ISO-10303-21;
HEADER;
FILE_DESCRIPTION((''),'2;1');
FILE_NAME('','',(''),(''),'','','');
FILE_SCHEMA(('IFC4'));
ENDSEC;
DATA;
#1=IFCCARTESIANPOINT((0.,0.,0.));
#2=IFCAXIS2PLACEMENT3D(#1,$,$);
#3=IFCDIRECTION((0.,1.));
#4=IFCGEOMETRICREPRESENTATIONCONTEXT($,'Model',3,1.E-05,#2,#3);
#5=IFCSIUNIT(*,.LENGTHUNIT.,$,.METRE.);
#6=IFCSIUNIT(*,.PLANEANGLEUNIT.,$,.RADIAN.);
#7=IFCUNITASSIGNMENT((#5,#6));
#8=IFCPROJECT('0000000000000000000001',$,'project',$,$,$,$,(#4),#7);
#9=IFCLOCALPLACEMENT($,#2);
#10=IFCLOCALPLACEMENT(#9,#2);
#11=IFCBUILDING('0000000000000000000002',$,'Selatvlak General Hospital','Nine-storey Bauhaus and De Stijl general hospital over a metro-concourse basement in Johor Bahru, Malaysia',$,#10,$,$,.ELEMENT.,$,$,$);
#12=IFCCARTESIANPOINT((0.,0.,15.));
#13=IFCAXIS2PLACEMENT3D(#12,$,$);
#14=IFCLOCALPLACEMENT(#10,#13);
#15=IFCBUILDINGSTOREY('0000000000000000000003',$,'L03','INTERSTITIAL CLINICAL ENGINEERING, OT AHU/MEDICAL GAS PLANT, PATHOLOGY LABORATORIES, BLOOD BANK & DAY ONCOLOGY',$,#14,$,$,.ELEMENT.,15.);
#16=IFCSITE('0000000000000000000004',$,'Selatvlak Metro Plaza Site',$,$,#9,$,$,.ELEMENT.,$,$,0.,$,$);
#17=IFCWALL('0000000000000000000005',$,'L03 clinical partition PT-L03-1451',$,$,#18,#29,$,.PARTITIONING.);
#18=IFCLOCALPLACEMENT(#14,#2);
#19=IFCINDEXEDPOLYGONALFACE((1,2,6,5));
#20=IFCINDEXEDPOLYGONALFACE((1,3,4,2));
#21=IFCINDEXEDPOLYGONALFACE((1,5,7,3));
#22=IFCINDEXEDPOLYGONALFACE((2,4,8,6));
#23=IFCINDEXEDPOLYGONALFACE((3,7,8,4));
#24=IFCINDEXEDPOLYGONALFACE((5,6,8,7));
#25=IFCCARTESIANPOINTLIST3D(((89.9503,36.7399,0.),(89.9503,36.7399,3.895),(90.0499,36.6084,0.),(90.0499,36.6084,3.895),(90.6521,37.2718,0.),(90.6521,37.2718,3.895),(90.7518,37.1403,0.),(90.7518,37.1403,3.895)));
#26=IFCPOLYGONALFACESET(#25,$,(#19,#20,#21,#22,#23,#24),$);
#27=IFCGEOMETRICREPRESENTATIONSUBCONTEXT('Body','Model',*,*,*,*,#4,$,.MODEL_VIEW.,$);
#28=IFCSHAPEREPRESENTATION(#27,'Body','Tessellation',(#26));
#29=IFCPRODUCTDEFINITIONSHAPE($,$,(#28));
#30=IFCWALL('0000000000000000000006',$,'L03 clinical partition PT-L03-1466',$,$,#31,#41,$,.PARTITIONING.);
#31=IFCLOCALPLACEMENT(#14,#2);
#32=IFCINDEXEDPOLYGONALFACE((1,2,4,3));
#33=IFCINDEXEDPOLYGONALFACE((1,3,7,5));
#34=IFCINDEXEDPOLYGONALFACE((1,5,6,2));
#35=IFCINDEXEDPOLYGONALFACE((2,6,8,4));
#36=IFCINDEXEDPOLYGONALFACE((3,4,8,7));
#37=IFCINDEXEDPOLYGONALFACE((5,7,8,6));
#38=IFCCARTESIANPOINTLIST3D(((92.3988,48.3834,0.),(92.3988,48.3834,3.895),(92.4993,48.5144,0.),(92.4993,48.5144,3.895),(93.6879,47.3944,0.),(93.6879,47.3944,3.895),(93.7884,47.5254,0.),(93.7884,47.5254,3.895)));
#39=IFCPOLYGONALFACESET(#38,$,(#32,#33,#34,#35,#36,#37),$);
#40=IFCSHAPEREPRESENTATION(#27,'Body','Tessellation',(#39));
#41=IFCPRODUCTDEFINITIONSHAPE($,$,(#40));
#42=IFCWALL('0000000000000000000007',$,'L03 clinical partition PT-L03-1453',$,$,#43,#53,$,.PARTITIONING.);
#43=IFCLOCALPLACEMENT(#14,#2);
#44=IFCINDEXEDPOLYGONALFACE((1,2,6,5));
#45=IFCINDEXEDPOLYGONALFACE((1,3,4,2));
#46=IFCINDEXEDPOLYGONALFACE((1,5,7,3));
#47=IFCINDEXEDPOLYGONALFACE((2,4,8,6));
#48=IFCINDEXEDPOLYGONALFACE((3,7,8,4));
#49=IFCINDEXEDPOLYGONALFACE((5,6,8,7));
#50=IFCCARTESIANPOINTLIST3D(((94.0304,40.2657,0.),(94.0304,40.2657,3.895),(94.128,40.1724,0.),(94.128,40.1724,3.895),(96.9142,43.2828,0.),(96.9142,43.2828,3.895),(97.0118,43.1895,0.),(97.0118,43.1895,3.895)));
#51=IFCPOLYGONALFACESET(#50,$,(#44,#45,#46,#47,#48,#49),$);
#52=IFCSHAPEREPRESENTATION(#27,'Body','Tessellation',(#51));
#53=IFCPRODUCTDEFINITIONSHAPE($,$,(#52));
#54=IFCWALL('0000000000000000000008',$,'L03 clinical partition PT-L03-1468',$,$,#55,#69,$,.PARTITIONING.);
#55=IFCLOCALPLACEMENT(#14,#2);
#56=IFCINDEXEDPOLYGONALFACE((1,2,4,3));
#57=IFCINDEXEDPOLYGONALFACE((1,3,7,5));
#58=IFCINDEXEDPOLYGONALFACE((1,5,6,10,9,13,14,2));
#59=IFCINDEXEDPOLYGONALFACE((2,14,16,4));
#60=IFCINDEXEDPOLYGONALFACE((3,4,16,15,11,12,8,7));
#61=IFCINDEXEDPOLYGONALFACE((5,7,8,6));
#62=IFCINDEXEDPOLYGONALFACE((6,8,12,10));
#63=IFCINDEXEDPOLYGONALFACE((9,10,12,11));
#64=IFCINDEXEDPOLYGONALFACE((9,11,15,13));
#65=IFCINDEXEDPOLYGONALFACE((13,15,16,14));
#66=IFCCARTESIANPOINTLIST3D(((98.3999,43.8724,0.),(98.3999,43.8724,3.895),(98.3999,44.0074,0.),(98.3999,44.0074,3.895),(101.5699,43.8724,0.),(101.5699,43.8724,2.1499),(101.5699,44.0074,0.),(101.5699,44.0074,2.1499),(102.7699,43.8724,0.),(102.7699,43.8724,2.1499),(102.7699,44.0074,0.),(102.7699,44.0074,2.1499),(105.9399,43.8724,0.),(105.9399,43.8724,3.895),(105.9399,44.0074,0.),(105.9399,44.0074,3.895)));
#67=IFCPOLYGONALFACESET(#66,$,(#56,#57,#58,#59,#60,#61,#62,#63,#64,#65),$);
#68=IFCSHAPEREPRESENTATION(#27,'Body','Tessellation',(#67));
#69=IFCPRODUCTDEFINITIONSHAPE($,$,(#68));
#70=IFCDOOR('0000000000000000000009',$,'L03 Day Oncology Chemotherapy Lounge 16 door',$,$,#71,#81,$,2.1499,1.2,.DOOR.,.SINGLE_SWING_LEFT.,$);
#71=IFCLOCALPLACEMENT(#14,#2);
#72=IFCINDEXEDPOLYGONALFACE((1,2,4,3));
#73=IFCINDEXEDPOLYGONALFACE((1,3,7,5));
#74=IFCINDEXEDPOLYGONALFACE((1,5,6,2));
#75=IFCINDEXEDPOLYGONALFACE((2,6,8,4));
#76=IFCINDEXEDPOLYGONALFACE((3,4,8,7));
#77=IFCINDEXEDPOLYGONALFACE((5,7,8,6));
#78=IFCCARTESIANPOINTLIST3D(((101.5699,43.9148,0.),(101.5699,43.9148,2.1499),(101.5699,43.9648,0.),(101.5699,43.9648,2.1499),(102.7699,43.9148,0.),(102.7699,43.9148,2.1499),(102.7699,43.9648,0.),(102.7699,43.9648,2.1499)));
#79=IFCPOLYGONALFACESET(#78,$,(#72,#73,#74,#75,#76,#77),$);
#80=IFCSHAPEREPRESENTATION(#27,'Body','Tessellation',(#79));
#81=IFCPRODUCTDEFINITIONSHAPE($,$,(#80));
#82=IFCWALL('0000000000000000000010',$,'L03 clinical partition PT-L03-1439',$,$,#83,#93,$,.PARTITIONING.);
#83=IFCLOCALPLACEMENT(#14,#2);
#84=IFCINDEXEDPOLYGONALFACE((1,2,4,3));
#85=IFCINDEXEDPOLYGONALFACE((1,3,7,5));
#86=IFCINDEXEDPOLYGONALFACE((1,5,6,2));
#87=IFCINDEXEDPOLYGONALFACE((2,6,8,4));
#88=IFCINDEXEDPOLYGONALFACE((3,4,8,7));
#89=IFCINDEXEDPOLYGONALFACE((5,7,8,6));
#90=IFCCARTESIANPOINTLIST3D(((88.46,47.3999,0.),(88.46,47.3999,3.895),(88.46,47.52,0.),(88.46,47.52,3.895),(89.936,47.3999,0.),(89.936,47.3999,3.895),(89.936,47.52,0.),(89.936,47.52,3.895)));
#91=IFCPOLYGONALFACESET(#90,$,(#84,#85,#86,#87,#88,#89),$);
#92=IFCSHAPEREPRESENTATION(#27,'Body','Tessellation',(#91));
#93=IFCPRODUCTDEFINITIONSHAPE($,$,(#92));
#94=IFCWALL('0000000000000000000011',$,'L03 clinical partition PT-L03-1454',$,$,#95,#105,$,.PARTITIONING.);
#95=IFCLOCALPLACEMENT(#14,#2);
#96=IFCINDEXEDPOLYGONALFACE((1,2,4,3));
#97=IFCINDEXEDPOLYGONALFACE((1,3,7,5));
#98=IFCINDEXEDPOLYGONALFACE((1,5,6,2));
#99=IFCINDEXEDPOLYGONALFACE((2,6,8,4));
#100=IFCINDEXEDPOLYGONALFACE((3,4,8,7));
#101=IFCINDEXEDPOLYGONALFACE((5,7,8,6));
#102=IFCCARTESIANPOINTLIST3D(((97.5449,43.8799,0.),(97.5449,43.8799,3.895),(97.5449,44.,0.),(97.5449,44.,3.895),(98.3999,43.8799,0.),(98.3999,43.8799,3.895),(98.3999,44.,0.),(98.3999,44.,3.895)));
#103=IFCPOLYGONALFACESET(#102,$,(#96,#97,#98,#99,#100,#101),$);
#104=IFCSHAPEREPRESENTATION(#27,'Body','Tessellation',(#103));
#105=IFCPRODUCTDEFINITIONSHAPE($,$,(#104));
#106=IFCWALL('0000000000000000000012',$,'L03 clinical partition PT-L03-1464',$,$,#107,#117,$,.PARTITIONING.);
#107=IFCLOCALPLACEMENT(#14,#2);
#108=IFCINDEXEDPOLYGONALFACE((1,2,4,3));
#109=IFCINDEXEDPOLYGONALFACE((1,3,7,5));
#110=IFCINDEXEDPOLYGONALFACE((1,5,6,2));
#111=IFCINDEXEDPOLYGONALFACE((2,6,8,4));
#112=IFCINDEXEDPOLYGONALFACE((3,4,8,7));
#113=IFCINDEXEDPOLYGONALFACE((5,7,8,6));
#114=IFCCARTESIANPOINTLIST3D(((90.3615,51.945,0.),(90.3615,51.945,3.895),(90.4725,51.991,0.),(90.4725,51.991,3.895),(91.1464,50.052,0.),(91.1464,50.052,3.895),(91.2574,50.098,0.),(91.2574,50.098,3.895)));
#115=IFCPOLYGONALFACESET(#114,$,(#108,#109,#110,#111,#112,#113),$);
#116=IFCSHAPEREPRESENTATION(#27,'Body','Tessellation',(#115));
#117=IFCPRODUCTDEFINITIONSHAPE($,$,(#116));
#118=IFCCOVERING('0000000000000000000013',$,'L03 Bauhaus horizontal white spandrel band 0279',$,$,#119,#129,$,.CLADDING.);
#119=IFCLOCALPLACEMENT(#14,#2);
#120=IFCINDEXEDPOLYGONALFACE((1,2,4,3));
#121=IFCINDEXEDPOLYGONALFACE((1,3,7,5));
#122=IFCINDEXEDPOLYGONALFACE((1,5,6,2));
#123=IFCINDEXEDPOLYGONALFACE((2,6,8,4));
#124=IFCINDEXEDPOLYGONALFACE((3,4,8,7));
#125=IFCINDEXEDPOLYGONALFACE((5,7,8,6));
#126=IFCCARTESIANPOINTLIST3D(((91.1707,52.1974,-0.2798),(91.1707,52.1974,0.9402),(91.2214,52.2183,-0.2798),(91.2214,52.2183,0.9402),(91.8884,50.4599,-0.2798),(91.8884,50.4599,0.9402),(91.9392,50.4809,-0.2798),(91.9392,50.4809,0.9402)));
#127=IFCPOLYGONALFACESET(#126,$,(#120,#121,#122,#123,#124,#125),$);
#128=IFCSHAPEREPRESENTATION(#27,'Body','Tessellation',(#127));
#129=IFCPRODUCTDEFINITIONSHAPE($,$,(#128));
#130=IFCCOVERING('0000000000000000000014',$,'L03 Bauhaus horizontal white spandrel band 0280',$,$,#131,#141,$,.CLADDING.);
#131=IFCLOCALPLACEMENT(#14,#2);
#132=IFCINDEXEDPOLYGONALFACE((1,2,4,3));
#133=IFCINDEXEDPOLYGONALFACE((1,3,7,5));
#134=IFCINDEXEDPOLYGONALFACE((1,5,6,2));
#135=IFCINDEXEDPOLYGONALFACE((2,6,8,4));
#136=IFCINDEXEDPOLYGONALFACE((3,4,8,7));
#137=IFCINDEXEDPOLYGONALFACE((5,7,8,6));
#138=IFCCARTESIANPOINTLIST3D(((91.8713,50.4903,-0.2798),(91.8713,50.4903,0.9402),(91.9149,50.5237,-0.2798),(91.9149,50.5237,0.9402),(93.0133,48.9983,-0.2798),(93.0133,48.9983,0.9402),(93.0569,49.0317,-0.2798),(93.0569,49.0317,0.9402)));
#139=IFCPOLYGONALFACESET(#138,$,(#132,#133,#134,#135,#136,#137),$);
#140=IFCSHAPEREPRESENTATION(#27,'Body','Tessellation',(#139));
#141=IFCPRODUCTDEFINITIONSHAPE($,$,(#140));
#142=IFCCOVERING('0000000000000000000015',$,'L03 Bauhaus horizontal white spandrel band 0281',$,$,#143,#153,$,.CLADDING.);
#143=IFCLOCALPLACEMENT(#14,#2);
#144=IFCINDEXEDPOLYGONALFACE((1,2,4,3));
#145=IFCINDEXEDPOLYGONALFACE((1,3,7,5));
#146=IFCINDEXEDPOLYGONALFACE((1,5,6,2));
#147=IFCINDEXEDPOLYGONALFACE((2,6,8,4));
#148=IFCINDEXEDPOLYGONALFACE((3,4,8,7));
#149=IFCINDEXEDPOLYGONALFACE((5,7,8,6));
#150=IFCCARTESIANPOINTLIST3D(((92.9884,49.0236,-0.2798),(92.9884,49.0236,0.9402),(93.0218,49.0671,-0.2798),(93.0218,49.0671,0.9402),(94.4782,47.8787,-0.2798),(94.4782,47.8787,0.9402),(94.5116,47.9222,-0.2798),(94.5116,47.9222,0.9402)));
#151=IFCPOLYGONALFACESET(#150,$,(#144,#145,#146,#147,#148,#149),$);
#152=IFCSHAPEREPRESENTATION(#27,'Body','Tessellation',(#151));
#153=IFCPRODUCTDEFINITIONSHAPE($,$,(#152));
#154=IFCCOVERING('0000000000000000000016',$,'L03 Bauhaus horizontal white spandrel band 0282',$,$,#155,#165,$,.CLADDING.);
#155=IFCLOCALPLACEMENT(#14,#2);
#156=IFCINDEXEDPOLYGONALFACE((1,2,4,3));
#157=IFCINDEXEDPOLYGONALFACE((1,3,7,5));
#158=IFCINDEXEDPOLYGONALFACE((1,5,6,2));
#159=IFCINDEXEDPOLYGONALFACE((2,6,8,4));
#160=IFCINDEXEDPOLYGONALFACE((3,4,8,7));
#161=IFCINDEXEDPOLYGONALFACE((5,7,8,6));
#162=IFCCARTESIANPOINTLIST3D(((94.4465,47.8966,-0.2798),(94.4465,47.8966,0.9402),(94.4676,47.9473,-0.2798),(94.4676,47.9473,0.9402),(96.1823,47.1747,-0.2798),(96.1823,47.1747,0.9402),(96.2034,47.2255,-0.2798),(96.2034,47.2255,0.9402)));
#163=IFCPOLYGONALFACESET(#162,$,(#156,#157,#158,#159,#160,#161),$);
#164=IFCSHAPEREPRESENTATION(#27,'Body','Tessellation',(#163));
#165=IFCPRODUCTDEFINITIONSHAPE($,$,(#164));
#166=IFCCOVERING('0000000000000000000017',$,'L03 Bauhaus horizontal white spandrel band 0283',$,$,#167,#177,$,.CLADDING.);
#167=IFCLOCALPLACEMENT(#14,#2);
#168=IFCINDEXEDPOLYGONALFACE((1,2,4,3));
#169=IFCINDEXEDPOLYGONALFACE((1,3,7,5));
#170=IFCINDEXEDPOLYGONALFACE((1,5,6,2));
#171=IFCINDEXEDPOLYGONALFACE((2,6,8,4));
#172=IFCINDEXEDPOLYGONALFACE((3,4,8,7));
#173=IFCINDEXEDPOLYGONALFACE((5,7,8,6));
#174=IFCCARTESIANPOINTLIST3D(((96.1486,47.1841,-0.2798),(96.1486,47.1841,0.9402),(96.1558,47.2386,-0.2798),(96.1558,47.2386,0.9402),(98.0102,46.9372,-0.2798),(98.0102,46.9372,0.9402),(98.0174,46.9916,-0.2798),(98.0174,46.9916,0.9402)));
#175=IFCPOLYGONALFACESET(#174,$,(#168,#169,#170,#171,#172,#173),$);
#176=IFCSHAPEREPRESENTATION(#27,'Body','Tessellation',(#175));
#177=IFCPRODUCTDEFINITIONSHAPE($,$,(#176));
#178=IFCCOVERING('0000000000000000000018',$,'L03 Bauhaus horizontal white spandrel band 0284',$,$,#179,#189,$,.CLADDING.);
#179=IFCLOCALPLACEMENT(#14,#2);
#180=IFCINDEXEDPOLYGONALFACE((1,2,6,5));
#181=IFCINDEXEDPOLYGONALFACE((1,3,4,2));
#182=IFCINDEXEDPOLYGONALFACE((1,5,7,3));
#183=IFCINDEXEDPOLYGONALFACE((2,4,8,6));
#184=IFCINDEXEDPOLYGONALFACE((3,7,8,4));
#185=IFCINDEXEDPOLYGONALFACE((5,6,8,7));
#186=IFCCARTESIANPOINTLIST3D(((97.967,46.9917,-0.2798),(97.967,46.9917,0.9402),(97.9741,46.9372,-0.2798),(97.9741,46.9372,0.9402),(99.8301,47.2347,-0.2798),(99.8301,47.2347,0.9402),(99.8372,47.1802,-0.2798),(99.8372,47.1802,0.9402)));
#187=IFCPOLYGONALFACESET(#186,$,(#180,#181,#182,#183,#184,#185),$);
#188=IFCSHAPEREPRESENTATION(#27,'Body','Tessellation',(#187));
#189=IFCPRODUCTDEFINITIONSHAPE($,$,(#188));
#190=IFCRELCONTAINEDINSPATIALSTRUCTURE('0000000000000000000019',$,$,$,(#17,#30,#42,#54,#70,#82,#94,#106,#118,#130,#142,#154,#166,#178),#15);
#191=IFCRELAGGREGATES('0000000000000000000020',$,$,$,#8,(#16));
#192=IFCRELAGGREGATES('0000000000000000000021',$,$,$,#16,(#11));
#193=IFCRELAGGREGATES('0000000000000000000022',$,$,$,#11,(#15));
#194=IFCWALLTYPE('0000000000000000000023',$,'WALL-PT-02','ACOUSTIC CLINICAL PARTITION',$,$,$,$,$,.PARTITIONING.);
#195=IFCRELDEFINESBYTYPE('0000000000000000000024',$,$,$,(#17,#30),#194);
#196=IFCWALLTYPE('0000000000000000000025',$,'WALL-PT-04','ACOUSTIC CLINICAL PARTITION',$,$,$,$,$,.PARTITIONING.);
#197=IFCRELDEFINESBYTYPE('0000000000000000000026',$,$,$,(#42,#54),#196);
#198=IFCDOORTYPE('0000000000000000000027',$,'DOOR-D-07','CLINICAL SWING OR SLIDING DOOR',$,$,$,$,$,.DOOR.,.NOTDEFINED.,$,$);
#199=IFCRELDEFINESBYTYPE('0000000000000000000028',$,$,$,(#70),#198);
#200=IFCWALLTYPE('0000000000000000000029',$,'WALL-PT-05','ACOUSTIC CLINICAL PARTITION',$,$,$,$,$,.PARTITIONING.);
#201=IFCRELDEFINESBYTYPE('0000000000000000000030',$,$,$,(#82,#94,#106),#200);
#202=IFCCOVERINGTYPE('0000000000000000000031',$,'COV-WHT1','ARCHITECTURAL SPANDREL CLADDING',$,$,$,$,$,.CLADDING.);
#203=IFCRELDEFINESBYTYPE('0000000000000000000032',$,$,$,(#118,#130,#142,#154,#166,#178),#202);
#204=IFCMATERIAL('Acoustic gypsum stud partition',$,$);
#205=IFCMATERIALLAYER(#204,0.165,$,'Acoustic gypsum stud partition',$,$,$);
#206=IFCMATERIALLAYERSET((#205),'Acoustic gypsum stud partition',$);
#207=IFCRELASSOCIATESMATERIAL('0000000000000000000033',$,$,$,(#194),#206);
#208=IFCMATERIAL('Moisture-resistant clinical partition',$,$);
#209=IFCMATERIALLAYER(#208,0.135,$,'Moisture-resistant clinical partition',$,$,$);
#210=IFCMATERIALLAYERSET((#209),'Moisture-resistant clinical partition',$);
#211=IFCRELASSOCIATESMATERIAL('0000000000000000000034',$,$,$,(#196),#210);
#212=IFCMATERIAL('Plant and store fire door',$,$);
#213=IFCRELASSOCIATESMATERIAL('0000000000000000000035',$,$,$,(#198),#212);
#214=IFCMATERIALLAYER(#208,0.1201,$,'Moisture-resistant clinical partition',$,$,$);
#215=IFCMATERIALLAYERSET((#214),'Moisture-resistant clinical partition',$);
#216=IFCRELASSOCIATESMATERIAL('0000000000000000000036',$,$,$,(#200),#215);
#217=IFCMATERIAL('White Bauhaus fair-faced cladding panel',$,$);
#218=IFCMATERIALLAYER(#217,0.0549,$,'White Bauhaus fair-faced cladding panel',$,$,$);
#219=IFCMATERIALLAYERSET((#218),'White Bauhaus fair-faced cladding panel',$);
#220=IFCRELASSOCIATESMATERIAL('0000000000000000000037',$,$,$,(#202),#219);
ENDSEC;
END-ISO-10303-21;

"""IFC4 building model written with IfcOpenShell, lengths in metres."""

from ifc_helpers import new_model, si_unit, direction, frame, frame_2d, origin, origin_2d, place, context, subcontext, project, spatial, rectangle, extrude, material, layer, layer_set, type_object, element, fill, save


model = new_model("IFC4")

# Units and contexts
model_context = context("Model", 3, precision=1e-05, world=origin(), true_north=direction((0.0, 1.0)))
body_context = subcontext(model_context, "Body", "Model", "MODEL_VIEW")
ifc_project = project(units=[si_unit("LENGTHUNIT", "METRE"), si_unit("PLANEANGLEUNIT", "RADIAN")], contexts=[model_context])

# Site, building, storey
site_placement = place(None, origin())
site = spatial("IfcSite", under=ifc_project, at=site_placement, Name="Selatvlak Metro Plaza Site", CompositionType="ELEMENT", RefElevation=0.0)
building_placement = place(site_placement, origin())
building = spatial("IfcBuilding", under=site, at=building_placement, Name="Selatvlak General Hospital", Description="Nine-storey Bauhaus and De Stijl general hospital over a metro-concourse basement in Johor Bahru, Malaysia", CompositionType="ELEMENT")
storey_placement = place(building_placement, frame((0.0, 0.0, 15.0)))
storey = spatial("IfcBuildingStorey", under=building, at=storey_placement, Name="L03", Description="INTERSTITIAL CLINICAL ENGINEERING, OT AHU/MEDICAL GAS PLANT, PATHOLOGY LABORATORIES, BLOOD BANK & DAY ONCOLOGY", CompositionType="ELEMENT", Elevation=15.0)

# Walls
ifc_material_1 = material(Name="Acoustic gypsum stud partition")
ifc_layer_1 = layer(ifc_material_1, 0.165, Name="Acoustic gypsum stud partition")
ifc_layer_set_1 = layer_set([ifc_layer_1], Name="Acoustic gypsum stud partition")
wall_type_1 = type_object("IfcWallType", Name="WALL-PT-02", Description="ACOUSTIC CLINICAL PARTITION", PredefinedType="PARTITIONING", material=ifc_layer_set_1)
wall_1_placement = place(storey_placement, frame((90.0, 36.6741, 0.0), z_axis=(0.0, 0.0, 1.0), x_axis=(0.796963, 0.604028, 0.0)))
element("IfcWall", 1, at=wall_1_placement, inside=storey, type_object=wall_type_1, Name="L03 clinical partition PT-L03-1451", PredefinedType="PARTITIONING", context=body_context, shape_type="SweptSolid", body=[
    extrude(rectangle(XDim=0.8806, YDim=0.165, at=frame_2d((0.4404, 0.0))), origin(), (0.0, 0.0, 1.0), 3.895),
])
wall_2_placement = place(storey_placement, frame((92.449, 48.449, 0.0), z_axis=(0.0, 0.0, 1.0), x_axis=(0.793389, -0.608715, 0.0)))
element("IfcWall", 2, at=wall_2_placement, inside=storey, type_object=wall_type_1, Name="L03 clinical partition PT-L03-1466", PredefinedType="PARTITIONING", context=body_context, shape_type="SweptSolid", body=[
    extrude(rectangle(XDim=1.6248, YDim=0.165, at=frame_2d((0.8125, 0.0))), origin(), (0.0, 0.0, 1.0), 3.895),
])

# Wall
ifc_material_2 = material(Name="Moisture-resistant clinical partition")
ifc_layer_2 = layer(ifc_material_2, 0.135, Name="Moisture-resistant clinical partition")
ifc_layer_set_2 = layer_set([ifc_layer_2], Name="Moisture-resistant clinical partition")
wall_type_2 = type_object("IfcWallType", Name="WALL-PT-04", Description="ACOUSTIC CLINICAL PARTITION", PredefinedType="PARTITIONING", material=ifc_layer_set_2)
wall_3_placement = place(storey_placement, frame((94.0791, 40.219, 0.0), z_axis=(0.0, 0.0, 1.0), x_axis=(0.690957, 0.722896, 0.0)))
element("IfcWall", 3, at=wall_3_placement, inside=storey, type_object=wall_type_2, Name="L03 clinical partition PT-L03-1453", PredefinedType="PARTITIONING", context=body_context, shape_type="SweptSolid", body=[
    extrude(rectangle(XDim=4.1736, YDim=0.135, at=frame_2d((2.0869, 0.0))), origin(), (0.0, 0.0, 1.0), 3.895),
])

# Wall, opening, door
wall_4_placement = place(storey_placement, frame((98.3999, 43.9399, 0.0), z_axis=(0.0, 0.0, 1.0), x_axis=(1.0, 0.0, 0.0)))
wall_4 = element("IfcWall", 4, at=wall_4_placement, inside=storey, type_object=wall_type_2, Name="L03 clinical partition PT-L03-1468", PredefinedType="PARTITIONING", context=body_context, shape_type="SweptSolid", body=[
    extrude(rectangle(XDim=7.54, YDim=0.135, at=frame_2d((3.77, 0.0))), origin(), (0.0, 0.0, 1.0), 3.895),
])
opening_1_placement = place(wall_4_placement, frame((3.1699, 0.0, 0.0)))
opening_1 = element("IfcOpeningElement", 5, at=opening_1_placement, cuts=wall_4, PredefinedType="OPENING", context=body_context, shape_type="SweptSolid", body=[
    extrude(rectangle(XDim=1.2, YDim=2.1499, at=frame_2d((0.6001, 1.075))), frame((0.0, 0.0774, 0.0), z_axis=(0.0, -1.0, 0.0), x_axis=(1.0, 0.0, 0.0)), (0.0, 0.0, 1.0), 0.155),
])
ifc_material_3 = material(Name="Plant and store fire door")
door_type_1 = type_object("IfcDoorType", Name="DOOR-D-07", Description="CLINICAL SWING OR SLIDING DOOR", OperationType="NOTDEFINED", PredefinedType="DOOR", material=ifc_material_3)
door_1_placement = place(opening_1_placement, origin())
door_1 = element("IfcDoor", 6, at=door_1_placement, inside=storey, type_object=door_type_1, Name="L03 Day Oncology Chemotherapy Lounge 16 door", OperationType="SINGLE_SWING_LEFT", OverallHeight=2.1499, OverallWidth=1.2, PredefinedType="DOOR", context=body_context, shape_type="SweptSolid", body=[
    extrude(rectangle(XDim=1.2, YDim=2.1499, at=frame_2d((0.6001, 1.075))), frame((0.0, 0.0249, 0.0), z_axis=(0.0, -1.0, 0.0), x_axis=(1.0, 0.0, 0.0)), (0.0, 0.0, 1.0), 0.05),
])
fill(opening_1, door_1)

# Walls
ifc_layer_3 = layer(ifc_material_2, 0.1201, Name="Moisture-resistant clinical partition")
ifc_layer_set_3 = layer_set([ifc_layer_3], Name="Moisture-resistant clinical partition")
wall_type_3 = type_object("IfcWallType", Name="WALL-PT-05", Description="ACOUSTIC CLINICAL PARTITION", PredefinedType="PARTITIONING", material=ifc_layer_set_3)
wall_5_placement = place(storey_placement, frame((89.936, 47.46, 0.0), z_axis=(0.0, 0.0, 1.0), x_axis=(-1.0, 0.0, 0.0)))
element("IfcWall", 7, at=wall_5_placement, inside=storey, type_object=wall_type_3, Name="L03 clinical partition PT-L03-1439", PredefinedType="PARTITIONING", context=body_context, shape_type="SweptSolid", body=[
    extrude(rectangle(XDim=1.4761, YDim=0.1201, at=frame_2d((0.738, 0.0))), origin(), (0.0, 0.0, 1.0), 3.895),
])
wall_6_placement = place(storey_placement, frame((97.5449, 43.9399, 0.0), z_axis=(0.0, 0.0, 1.0), x_axis=(1.0, 0.0, 0.0)))
element("IfcWall", 8, at=wall_6_placement, inside=storey, type_object=wall_type_3, Name="L03 clinical partition PT-L03-1454", PredefinedType="PARTITIONING", context=body_context, shape_type="SweptSolid", body=[
    extrude(rectangle(XDim=0.855, YDim=0.1201, at=frame_2d((0.4275, 0.0))), origin(), (0.0, 0.0, 1.0), 3.895),
])
wall_7_placement = place(storey_placement, frame((90.417, 51.968, 0.0), z_axis=(0.0, 0.0, 1.0), x_axis=(0.383008, -0.923745, 0.0)))
element("IfcWall", 9, at=wall_7_placement, inside=storey, type_object=wall_type_3, Name="L03 clinical partition PT-L03-1464", PredefinedType="PARTITIONING", context=body_context, shape_type="SweptSolid", body=[
    extrude(rectangle(XDim=2.0493, YDim=0.1201, at=frame_2d((1.0247, 0.0))), origin(), (0.0, 0.0, 1.0), 3.895),
])

# Coverings
ifc_material_4 = material(Name="White Bauhaus fair-faced cladding panel")
ifc_layer_4 = layer(ifc_material_4, 0.0549, Name="White Bauhaus fair-faced cladding panel")
ifc_layer_set_4 = layer_set([ifc_layer_4], Name="White Bauhaus fair-faced cladding panel")
covering_type = type_object("IfcCoveringType", Name="COV-WHT1", Description="ARCHITECTURAL SPANDREL CLADDING", PredefinedType="CLADDING", material=ifc_layer_set_4)
covering_1_placement = place(storey_placement, frame((91.5549, 51.3391, -0.2798), z_axis=(0.0, 0.0, 1.0), x_axis=(0.381813, -0.92424, 0.0)))
element("IfcCovering", 10, at=covering_1_placement, inside=storey, type_object=covering_type, Name="L03 Bauhaus horizontal white spandrel band 0279", PredefinedType="CLADDING", context=body_context, shape_type="SweptSolid", body=[
    extrude(rectangle(XDim=1.8799, YDim=0.0549, at=origin_2d()), origin(), (0.0, 0.0, 1.0), 1.22),
])
for number, where, z_axis, x_axis, name in (
    (11, (92.4641, 49.761, -0.2798), (0.0, 0.0, 1.0), (0.607806, -0.794086, 0.0), "L03 Bauhaus horizontal white spandrel band 0280"),
    (12, (93.75, 48.4729, -0.2798), (0.0, 0.0, 1.0), (0.792918, -0.609329, 0.0), "L03 Bauhaus horizontal white spandrel band 0281"),
):
    element("IfcCovering", number, at=place(storey_placement, frame(where, z_axis=z_axis, x_axis=x_axis)), inside=storey, type_object=covering_type, Name=name, PredefinedType="CLADDING", context=body_context, shape_type="SweptSolid", body=[
        extrude(rectangle(XDim=1.8789, YDim=0.0549, at=origin_2d()), origin(), (0.0, 0.0, 1.0), 1.22),
    ])
covering_2_placement = place(storey_placement, frame((95.325, 47.561, -0.2798), z_axis=(0.0, 0.0, 1.0), x_axis=(0.923331, -0.384005, 0.0)))
element("IfcCovering", 13, at=covering_2_placement, inside=storey, type_object=covering_type, Name="L03 Bauhaus horizontal white spandrel band 0282", PredefinedType="CLADDING", context=body_context, shape_type="SweptSolid", body=[
    extrude(rectangle(XDim=1.8799, YDim=0.0549, at=origin_2d()), origin(), (0.0, 0.0, 1.0), 1.22),
])
covering_3_placement = place(storey_placement, frame((97.083, 47.0879, -0.2798), z_axis=(0.0, 0.0, 1.0), x_axis=(0.991317, -0.131495, 0.0)))
element("IfcCovering", 14, at=covering_3_placement, inside=storey, type_object=covering_type, Name="L03 Bauhaus horizontal white spandrel band 0283", PredefinedType="CLADDING", context=body_context, shape_type="SweptSolid", body=[
    extrude(rectangle(XDim=1.8779, YDim=0.0549, at=origin_2d()), origin(), (0.0, 0.0, 1.0), 1.22),
])
covering_4_placement = place(storey_placement, frame((98.9021, 47.0859, -0.2798), z_axis=(0.0, 0.0, 1.0), x_axis=(0.991601, 0.129332, 0.0)))
element("IfcCovering", 15, at=covering_4_placement, inside=storey, type_object=covering_type, Name="L03 Bauhaus horizontal white spandrel band 0284", PredefinedType="CLADDING", context=body_context, shape_type="SweptSolid", body=[
    extrude(rectangle(XDim=1.8789, YDim=0.0549, at=origin_2d()), origin(), (0.0, 0.0, 1.0), 1.22),
])

save(model, "model.ifc")
